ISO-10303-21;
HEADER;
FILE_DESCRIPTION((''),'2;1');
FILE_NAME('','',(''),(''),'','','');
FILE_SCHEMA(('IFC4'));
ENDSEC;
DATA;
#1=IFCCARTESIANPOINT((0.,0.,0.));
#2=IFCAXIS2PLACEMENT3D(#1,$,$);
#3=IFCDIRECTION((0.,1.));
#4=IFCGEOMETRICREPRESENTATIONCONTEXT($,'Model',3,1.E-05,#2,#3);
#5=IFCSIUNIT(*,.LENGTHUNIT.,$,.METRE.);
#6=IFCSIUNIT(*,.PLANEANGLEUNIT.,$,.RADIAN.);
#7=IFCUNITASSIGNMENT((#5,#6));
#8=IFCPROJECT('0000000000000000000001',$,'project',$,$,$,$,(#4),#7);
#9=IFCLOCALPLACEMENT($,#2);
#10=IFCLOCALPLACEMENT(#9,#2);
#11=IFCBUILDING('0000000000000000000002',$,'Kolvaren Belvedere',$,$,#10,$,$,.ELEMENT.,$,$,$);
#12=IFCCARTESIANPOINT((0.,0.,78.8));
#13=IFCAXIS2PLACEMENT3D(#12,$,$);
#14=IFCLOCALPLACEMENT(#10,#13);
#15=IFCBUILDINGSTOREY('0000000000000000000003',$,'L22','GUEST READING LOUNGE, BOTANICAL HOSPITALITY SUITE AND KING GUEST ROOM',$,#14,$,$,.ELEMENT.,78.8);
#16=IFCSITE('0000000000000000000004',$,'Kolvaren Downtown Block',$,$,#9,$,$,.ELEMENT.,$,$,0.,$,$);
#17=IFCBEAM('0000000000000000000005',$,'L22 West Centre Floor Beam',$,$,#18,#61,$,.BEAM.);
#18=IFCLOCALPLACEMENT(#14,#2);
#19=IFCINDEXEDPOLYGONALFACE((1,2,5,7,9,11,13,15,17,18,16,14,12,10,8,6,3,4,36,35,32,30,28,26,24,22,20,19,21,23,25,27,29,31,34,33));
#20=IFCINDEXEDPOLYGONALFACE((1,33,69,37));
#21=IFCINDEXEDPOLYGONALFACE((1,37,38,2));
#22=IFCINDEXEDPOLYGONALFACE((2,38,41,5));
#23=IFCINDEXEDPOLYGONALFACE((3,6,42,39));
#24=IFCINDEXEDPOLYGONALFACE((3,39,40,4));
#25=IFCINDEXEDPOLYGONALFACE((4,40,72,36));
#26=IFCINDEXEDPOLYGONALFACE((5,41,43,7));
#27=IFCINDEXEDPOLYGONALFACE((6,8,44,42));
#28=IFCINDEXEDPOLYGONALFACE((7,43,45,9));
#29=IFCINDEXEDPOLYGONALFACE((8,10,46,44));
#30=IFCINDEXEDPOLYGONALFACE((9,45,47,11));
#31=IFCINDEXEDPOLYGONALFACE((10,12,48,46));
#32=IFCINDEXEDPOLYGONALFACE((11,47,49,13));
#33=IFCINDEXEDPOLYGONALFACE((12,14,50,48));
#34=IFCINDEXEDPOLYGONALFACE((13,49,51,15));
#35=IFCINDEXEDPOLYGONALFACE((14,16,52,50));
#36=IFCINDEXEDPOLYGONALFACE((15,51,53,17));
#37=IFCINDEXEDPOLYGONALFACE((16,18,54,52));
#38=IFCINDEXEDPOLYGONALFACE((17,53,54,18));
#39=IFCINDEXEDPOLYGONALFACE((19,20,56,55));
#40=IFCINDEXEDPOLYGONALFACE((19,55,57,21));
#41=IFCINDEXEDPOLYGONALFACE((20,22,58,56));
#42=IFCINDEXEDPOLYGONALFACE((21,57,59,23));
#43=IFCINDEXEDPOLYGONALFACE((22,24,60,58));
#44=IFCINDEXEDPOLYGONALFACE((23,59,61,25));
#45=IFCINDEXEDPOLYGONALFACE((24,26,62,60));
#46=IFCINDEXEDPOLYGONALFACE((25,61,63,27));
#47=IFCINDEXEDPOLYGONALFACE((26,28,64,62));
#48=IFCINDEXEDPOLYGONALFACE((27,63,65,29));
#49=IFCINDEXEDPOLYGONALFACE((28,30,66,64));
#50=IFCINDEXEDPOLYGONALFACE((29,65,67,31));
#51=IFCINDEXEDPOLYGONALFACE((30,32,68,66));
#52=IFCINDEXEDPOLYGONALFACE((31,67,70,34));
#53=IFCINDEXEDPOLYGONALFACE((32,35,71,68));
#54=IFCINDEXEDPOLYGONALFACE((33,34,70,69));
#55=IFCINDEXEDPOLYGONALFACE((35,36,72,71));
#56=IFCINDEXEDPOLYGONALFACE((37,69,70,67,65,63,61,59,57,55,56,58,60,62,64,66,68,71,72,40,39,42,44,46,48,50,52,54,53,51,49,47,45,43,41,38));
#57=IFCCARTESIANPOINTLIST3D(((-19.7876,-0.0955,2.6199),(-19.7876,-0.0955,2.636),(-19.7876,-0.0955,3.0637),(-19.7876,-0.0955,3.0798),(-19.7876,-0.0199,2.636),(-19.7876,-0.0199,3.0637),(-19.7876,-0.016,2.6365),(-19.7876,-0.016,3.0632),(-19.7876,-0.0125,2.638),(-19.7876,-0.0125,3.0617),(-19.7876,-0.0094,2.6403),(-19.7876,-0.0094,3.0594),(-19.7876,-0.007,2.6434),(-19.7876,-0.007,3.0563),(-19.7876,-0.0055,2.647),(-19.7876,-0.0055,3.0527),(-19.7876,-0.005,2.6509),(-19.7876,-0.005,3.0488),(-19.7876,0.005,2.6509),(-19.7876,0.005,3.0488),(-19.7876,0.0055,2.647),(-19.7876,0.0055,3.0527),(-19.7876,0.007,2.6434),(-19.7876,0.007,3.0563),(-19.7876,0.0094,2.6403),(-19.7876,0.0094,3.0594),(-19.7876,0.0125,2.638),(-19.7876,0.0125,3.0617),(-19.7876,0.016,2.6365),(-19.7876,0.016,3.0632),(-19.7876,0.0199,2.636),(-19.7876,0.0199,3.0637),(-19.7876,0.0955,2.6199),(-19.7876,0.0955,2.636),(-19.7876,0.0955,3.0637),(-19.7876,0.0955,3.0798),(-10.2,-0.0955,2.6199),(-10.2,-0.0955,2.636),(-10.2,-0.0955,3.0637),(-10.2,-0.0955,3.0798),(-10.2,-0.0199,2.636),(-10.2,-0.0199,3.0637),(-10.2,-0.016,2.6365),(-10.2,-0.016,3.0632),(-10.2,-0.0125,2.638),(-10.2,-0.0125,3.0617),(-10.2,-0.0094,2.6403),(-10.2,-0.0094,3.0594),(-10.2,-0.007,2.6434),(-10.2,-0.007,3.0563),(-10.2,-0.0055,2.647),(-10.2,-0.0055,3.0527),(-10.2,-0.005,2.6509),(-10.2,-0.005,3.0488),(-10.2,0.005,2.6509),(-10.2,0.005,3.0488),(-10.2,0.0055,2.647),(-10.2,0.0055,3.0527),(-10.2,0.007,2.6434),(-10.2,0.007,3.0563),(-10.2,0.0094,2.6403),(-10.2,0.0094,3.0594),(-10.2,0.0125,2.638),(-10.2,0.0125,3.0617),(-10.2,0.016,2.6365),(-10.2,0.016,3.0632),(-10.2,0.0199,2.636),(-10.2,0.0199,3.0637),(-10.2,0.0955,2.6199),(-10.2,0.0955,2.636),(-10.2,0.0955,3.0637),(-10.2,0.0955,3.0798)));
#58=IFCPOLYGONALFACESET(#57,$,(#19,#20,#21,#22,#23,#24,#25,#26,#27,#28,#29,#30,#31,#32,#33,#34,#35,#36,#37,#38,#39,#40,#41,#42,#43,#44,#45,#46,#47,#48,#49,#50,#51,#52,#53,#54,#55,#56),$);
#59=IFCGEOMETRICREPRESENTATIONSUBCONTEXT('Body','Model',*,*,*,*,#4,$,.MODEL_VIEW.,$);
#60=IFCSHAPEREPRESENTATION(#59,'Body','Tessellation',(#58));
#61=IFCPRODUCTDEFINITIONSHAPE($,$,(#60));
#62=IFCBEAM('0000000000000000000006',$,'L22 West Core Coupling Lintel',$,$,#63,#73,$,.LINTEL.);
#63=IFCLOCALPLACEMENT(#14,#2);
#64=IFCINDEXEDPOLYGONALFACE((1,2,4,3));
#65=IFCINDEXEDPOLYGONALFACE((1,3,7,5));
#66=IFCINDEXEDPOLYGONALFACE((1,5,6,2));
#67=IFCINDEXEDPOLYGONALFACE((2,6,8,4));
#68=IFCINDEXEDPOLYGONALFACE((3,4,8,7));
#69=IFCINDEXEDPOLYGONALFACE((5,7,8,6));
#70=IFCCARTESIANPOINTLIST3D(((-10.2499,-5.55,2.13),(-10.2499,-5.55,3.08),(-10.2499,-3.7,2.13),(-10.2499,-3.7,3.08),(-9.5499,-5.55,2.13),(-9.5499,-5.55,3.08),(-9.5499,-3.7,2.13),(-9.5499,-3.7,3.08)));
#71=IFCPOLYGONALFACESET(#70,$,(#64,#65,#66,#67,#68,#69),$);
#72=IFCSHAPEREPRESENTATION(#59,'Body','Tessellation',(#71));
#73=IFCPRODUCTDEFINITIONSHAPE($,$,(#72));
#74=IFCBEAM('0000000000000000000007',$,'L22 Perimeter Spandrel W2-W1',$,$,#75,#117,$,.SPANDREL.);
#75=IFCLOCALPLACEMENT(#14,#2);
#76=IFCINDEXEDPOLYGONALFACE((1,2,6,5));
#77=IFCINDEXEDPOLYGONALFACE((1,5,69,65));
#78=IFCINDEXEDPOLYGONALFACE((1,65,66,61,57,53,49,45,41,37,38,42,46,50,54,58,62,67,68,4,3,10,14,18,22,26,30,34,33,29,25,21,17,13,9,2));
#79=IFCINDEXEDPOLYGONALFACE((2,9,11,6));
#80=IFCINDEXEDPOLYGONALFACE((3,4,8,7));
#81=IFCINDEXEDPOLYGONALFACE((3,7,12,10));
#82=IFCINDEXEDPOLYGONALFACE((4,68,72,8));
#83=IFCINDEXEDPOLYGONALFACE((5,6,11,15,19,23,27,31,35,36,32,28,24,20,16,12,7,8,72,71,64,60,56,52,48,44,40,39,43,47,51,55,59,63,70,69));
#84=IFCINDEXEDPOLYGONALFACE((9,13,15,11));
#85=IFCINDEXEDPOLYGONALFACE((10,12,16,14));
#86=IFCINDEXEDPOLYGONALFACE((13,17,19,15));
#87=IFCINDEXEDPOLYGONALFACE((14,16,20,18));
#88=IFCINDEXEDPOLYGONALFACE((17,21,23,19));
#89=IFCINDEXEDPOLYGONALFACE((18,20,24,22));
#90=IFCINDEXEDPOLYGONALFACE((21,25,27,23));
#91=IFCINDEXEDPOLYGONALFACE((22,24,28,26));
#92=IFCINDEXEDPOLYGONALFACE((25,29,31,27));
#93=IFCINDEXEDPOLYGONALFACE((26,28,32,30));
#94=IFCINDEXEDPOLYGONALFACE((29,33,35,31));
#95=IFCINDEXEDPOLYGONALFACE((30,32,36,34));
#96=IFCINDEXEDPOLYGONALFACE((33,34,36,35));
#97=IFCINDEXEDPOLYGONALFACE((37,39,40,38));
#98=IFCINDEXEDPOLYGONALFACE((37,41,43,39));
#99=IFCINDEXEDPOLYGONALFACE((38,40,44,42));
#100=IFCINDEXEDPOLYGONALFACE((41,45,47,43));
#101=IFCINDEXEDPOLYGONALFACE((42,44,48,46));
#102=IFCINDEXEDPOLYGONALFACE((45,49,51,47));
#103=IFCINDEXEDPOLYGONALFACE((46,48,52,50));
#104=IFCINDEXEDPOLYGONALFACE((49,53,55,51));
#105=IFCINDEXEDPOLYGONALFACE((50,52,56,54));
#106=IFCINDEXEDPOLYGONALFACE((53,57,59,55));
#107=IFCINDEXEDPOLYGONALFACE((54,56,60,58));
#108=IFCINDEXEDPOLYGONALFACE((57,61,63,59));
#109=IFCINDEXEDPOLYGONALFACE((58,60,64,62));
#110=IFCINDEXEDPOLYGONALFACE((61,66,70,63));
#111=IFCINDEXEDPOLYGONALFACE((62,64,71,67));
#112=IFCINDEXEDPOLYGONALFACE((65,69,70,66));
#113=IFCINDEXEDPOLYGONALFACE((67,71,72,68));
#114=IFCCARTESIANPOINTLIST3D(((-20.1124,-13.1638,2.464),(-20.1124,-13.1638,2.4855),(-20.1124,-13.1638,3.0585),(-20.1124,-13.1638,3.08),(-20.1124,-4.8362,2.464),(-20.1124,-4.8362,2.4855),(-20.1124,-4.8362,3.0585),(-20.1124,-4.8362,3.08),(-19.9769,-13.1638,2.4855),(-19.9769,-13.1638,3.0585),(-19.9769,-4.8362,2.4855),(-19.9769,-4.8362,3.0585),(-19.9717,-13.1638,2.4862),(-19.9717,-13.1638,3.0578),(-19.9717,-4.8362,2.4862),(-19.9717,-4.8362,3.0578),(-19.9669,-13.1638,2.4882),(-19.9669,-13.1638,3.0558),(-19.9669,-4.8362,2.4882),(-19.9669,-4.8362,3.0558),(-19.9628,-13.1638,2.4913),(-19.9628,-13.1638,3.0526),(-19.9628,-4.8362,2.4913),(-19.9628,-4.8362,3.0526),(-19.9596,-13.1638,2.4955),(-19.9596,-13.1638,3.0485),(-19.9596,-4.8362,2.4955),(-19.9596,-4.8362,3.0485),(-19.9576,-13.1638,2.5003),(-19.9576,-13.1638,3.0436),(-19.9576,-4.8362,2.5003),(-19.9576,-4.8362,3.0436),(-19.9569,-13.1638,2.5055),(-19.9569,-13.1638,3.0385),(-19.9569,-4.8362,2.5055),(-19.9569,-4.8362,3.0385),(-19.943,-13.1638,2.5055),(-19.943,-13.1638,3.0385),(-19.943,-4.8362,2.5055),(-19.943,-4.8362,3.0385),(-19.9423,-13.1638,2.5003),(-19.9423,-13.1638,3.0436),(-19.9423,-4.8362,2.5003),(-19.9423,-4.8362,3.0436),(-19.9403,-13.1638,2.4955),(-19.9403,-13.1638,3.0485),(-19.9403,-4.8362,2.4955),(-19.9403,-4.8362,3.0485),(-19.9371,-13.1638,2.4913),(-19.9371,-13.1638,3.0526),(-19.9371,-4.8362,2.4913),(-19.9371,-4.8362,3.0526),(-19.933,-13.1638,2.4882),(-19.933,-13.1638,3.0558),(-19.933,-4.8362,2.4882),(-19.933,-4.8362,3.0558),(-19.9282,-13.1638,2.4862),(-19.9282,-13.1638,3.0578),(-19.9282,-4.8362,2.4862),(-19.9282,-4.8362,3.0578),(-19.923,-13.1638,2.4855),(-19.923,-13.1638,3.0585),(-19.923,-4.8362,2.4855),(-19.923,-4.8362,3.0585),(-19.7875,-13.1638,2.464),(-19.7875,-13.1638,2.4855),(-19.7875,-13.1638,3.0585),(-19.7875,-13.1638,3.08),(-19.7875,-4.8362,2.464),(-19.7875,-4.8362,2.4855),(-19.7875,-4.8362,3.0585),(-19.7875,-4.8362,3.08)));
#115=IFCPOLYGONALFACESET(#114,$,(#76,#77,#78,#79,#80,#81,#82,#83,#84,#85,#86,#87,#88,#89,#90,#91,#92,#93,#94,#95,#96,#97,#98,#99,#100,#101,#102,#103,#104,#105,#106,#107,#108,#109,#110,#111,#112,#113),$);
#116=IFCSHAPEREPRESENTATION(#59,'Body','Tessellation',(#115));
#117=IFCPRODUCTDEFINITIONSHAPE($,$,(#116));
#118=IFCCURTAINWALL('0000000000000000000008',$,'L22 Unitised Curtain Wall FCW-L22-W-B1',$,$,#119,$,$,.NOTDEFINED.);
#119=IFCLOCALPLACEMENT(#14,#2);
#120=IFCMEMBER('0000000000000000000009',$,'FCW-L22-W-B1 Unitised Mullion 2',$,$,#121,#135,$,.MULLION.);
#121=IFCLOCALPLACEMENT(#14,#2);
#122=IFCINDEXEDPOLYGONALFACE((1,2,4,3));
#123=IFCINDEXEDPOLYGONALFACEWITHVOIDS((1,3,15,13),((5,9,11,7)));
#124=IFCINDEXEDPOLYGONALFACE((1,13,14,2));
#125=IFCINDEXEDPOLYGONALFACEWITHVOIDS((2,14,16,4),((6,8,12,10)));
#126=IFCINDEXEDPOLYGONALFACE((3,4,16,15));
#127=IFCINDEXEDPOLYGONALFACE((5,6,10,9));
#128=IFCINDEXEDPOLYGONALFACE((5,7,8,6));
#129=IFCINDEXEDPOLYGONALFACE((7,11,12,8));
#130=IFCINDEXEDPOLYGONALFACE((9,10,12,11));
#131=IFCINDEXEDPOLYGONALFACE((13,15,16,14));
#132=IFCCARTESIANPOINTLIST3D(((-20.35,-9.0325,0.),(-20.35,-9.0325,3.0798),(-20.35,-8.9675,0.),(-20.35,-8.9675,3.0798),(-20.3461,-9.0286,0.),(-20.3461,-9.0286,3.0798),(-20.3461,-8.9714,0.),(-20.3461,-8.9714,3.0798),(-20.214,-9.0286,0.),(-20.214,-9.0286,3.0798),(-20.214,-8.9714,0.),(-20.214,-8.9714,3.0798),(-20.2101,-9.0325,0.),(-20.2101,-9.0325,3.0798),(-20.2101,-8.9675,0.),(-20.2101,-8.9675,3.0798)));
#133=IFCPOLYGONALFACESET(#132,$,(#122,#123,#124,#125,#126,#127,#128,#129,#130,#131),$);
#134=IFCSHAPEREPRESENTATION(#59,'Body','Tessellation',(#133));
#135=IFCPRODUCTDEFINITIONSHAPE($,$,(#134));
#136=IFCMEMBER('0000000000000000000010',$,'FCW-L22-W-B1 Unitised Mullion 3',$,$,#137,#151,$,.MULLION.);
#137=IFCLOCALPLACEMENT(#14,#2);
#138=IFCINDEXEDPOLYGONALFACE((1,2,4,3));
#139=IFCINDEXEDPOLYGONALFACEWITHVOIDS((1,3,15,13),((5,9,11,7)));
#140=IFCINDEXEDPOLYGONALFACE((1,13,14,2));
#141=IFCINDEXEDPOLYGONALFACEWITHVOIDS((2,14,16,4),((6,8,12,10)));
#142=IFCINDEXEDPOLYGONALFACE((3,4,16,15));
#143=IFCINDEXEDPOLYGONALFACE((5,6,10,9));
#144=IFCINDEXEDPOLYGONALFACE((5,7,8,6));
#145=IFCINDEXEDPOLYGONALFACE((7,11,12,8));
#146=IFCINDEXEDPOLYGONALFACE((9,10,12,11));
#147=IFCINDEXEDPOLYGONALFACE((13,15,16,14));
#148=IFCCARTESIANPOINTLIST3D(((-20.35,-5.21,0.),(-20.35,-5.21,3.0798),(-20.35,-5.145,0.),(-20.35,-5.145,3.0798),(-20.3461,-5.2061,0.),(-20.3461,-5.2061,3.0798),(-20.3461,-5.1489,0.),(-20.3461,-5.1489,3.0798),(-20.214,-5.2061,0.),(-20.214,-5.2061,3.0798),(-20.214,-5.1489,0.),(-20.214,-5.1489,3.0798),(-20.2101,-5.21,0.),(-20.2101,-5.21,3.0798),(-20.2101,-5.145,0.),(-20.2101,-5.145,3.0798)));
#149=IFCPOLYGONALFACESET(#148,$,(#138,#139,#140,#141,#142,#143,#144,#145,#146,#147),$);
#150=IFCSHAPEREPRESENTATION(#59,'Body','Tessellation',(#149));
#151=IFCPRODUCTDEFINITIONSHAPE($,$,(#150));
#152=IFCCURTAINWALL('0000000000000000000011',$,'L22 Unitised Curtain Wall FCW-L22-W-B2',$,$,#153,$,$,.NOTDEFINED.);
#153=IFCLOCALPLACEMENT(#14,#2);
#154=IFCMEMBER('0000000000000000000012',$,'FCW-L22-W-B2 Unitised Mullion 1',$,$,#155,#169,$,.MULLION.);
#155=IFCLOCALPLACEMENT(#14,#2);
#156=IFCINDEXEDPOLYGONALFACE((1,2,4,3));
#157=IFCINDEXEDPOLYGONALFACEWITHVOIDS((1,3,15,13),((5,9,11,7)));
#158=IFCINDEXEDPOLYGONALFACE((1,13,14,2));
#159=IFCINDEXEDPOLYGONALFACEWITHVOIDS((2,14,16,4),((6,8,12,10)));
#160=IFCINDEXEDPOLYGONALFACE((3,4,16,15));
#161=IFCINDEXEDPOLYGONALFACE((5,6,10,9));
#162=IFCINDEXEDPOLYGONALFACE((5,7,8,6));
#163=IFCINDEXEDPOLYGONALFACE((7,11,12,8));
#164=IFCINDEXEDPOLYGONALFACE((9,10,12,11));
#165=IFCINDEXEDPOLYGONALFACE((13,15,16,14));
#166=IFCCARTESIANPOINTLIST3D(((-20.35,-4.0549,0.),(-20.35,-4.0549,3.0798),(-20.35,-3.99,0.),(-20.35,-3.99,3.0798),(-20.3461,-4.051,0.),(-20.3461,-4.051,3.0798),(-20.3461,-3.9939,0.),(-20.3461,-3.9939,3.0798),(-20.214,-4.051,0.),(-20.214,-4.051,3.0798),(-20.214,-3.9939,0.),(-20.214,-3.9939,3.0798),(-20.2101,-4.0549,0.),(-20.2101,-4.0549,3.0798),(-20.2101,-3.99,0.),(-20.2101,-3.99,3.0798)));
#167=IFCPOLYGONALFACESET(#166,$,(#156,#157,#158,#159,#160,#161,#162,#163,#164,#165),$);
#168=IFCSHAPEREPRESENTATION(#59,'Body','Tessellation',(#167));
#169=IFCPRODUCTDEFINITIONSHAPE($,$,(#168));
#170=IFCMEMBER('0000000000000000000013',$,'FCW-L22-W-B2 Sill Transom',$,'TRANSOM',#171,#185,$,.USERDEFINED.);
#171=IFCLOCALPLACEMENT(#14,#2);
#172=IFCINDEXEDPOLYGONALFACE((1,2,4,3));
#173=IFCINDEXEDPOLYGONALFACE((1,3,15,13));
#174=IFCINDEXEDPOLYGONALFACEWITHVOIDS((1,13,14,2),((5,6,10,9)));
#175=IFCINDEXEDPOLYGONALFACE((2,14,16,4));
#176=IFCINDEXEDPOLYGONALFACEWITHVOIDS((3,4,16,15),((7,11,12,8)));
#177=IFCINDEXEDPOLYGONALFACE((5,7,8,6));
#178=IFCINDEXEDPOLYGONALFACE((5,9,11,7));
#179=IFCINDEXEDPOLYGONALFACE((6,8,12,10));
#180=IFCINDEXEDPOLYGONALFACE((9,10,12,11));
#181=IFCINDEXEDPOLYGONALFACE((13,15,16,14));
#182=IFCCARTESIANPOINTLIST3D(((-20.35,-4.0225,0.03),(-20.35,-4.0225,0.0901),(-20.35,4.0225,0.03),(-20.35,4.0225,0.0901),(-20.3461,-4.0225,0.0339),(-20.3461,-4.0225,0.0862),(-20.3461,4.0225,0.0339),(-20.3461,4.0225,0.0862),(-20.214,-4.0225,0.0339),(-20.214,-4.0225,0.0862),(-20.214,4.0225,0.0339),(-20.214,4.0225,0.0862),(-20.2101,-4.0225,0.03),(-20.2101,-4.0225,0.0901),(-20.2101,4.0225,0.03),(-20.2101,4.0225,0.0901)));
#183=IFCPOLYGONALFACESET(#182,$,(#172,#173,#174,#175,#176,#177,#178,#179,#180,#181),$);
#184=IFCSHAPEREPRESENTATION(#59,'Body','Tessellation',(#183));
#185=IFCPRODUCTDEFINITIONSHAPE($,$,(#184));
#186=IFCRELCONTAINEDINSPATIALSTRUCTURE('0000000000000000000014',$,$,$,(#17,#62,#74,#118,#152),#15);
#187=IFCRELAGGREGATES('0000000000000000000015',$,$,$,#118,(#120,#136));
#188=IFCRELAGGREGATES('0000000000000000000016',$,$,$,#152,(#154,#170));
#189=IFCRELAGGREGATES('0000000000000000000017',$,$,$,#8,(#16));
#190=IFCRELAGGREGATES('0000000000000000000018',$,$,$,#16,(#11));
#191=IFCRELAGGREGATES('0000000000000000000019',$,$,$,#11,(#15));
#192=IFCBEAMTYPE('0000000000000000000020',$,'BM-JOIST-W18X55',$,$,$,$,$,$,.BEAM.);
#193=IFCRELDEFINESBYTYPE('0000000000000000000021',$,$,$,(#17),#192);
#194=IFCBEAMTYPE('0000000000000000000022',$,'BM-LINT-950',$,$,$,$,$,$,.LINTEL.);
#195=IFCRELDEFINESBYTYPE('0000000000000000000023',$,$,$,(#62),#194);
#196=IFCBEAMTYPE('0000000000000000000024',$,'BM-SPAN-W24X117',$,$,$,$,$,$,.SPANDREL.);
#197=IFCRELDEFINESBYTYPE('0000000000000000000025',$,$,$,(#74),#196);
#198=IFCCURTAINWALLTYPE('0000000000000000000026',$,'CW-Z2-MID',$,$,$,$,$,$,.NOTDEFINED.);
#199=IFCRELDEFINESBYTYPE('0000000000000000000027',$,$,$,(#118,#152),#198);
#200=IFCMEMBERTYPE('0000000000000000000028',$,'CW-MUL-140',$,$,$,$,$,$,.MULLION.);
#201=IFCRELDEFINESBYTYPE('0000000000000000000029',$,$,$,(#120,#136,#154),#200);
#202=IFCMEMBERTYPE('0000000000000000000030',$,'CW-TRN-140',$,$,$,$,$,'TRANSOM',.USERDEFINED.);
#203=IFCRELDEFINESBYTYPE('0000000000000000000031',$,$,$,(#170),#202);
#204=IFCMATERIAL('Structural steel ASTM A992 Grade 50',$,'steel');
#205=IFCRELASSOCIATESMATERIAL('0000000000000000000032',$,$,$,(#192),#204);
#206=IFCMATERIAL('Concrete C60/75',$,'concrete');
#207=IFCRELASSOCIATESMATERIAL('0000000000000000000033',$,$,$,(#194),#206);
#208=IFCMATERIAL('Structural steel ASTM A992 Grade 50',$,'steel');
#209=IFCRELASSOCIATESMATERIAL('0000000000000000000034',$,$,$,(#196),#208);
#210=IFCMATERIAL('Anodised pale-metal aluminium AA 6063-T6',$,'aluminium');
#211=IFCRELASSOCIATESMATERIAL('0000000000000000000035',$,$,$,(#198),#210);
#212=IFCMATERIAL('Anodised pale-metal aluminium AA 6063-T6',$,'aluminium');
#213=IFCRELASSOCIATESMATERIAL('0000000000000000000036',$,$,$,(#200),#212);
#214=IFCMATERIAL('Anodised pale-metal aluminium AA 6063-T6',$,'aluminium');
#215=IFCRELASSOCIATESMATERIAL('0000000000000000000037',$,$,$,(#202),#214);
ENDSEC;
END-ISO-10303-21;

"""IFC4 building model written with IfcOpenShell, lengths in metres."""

from ifc_helpers import new_model, si_unit, direction, frame, origin, origin_2d, place, context, subcontext, project, spatial, rectangle, hollow_rectangle, i_section, extrude, material, material_profile, profile_set, type_object, element, aggregate, save


model = new_model("IFC4")

# Units and contexts
model_context = context("Model", 3, precision=1e-05, world=origin(), true_north=direction((0.0, 1.0)))
body_context = subcontext(model_context, "Body", "Model", "MODEL_VIEW")
ifc_project = project(units=[si_unit("LENGTHUNIT", "METRE"), si_unit("PLANEANGLEUNIT", "RADIAN")], contexts=[model_context])

# Site, building, storey
site_placement = place(None, origin())
site = spatial("IfcSite", under=ifc_project, at=site_placement, Name="Kolvaren Downtown Block", CompositionType="ELEMENT", RefElevation=0.0)
building_placement = place(site_placement, origin())
building = spatial("IfcBuilding", under=site, at=building_placement, Name="Kolvaren Belvedere", CompositionType="ELEMENT")
storey_placement = place(building_placement, frame((0.0, 0.0, 78.8)))
storey = spatial("IfcBuildingStorey", under=building, at=storey_placement, Name="L22", Description="GUEST READING LOUNGE, BOTANICAL HOSPITALITY SUITE AND KING GUEST ROOM", CompositionType="ELEMENT", Elevation=78.8)

# Beams
ifc_material_1 = material(Name="Structural steel ASTM A992 Grade 50", Category="steel")
ifc_material_profile_1 = material_profile(ifc_material_1, i_section(OverallWidth=0.1909, OverallDepth=0.46, WebThickness=0.01, FlangeThickness=0.0161, FilletRadius=0.0149, at=origin_2d()), Name="W18X55")
ifc_profile_set_1 = profile_set([ifc_material_profile_1], Name="Structural steel ASTM A992 Grade 50")
beam_type_1 = type_object("IfcBeamType", Name="BM-JOIST-W18X55", PredefinedType="BEAM", material=ifc_profile_set_1)
beam_1_placement = place(storey_placement, frame((-10.2, 0.0, 2.8499), z_axis=(-1.0, 0.0, 0.0), x_axis=(0.0, -1.0, 0.0)))
element("IfcBeam", 1, at=beam_1_placement, inside=storey, type_object=beam_type_1, Name="L22 West Centre Floor Beam", PredefinedType="BEAM", context=body_context, shape_type="SweptSolid", body=[
    extrude(i_section(OverallWidth=0.1909, OverallDepth=0.46, WebThickness=0.01, FlangeThickness=0.0161, FilletRadius=0.0149, at=origin_2d()), origin(), (0.0, 0.0, 1.0), 9.5876),
])
ifc_material_2 = material(Name="Concrete C60/75", Category="concrete")
ifc_material_profile_2 = material_profile(ifc_material_2, rectangle(XDim=0.7, YDim=0.95, at=origin_2d()), Name="RC 700X950")
ifc_profile_set_2 = profile_set([ifc_material_profile_2], Name="Concrete C60/75")
beam_type_2 = type_object("IfcBeamType", Name="BM-LINT-950", PredefinedType="LINTEL", material=ifc_profile_set_2)
beam_2_placement = place(storey_placement, frame((-9.8999, -5.55, 2.605), z_axis=(0.0, 1.0, 0.0), x_axis=(-1.0, 0.0, 0.0)))
element("IfcBeam", 2, at=beam_2_placement, inside=storey, type_object=beam_type_2, Name="L22 West Core Coupling Lintel", PredefinedType="LINTEL", context=body_context, shape_type="SweptSolid", body=[
    extrude(rectangle(XDim=0.7, YDim=0.95, at=origin_2d()), origin(), (0.0, 0.0, 1.0), 1.8501),
])
ifc_material_3 = material(Name="Structural steel ASTM A992 Grade 50", Category="steel")
ifc_material_profile_3 = material_profile(ifc_material_3, i_section(OverallWidth=0.325, OverallDepth=0.616, WebThickness=0.0139, FlangeThickness=0.0215, FilletRadius=0.02, at=origin_2d()), Name="W24X117")
ifc_profile_set_3 = profile_set([ifc_material_profile_3], Name="Structural steel ASTM A992 Grade 50")
beam_type_3 = type_object("IfcBeamType", Name="BM-SPAN-W24X117", PredefinedType="SPANDREL", material=ifc_profile_set_3)
beam_3_placement = place(storey_placement, frame((-19.95, -4.8362, 2.772), z_axis=(0.0, -1.0, 0.0), x_axis=(1.0, 0.0, 0.0)))
element("IfcBeam", 3, at=beam_3_placement, inside=storey, type_object=beam_type_3, Name="L22 Perimeter Spandrel W2-W1", PredefinedType="SPANDREL", context=body_context, shape_type="SweptSolid", body=[
    extrude(i_section(OverallWidth=0.325, OverallDepth=0.616, WebThickness=0.0139, FlangeThickness=0.0215, FilletRadius=0.02, at=origin_2d()), origin(), (0.0, 0.0, 1.0), 8.3276),
])

# Curtain walls, members
ifc_material_4 = material(Name="Anodised pale-metal aluminium AA 6063-T6", Category="aluminium")
curtain_wall_type = type_object("IfcCurtainWallType", Name="CW-Z2-MID", PredefinedType="NOTDEFINED", material=ifc_material_4)
curtain_wall_1_placement = place(storey_placement, origin())
curtain_wall_1 = element("IfcCurtainWall", 4, at=curtain_wall_1_placement, inside=storey, type_object=curtain_wall_type, Name="L22 Unitised Curtain Wall FCW-L22-W-B1", PredefinedType="NOTDEFINED")
ifc_material_5 = material(Name="Anodised pale-metal aluminium AA 6063-T6", Category="aluminium")
ifc_material_profile_4 = material_profile(ifc_material_5, hollow_rectangle(XDim=0.0649, YDim=0.1399, WallThickness=0.0039, at=origin_2d()), Name="ALU-MUL-140X65")
ifc_profile_set_4 = profile_set([ifc_material_profile_4], Name="Anodised pale-metal aluminium AA 6063-T6")
member_type_1 = type_object("IfcMemberType", Name="CW-MUL-140", PredefinedType="MULLION", material=ifc_profile_set_4)
member_1_placement = place(storey_placement, frame((-20.28, -9.0, 0.0), z_axis=(0.0, 0.0, 1.0), x_axis=(0.0, 1.0, 0.0)))
member_1 = element("IfcMember", 5, at=member_1_placement, type_object=member_type_1, Name="FCW-L22-W-B1 Unitised Mullion 2", PredefinedType="MULLION", context=body_context, shape_type="SweptSolid", body=[
    extrude(hollow_rectangle(XDim=0.0649, YDim=0.1399, WallThickness=0.0039, at=origin_2d()), origin(), (0.0, 0.0, 1.0), 3.0798),
])
member_2_placement = place(storey_placement, frame((-20.28, -5.1775, 0.0), z_axis=(0.0, 0.0, 1.0), x_axis=(0.0, 1.0, 0.0)))
member_2 = element("IfcMember", 6, at=member_2_placement, type_object=member_type_1, Name="FCW-L22-W-B1 Unitised Mullion 3", PredefinedType="MULLION", context=body_context, shape_type="SweptSolid", body=[
    extrude(hollow_rectangle(XDim=0.0649, YDim=0.1399, WallThickness=0.0039, at=origin_2d()), origin(), (0.0, 0.0, 1.0), 3.0798),
])
curtain_wall_2_placement = place(storey_placement, origin())
curtain_wall_2 = element("IfcCurtainWall", 7, at=curtain_wall_2_placement, inside=storey, type_object=curtain_wall_type, Name="L22 Unitised Curtain Wall FCW-L22-W-B2", PredefinedType="NOTDEFINED")
member_3_placement = place(storey_placement, frame((-20.28, -4.0225, 0.0), z_axis=(0.0, 0.0, 1.0), x_axis=(0.0, 1.0, 0.0)))
member_3 = element("IfcMember", 8, at=member_3_placement, type_object=member_type_1, Name="FCW-L22-W-B2 Unitised Mullion 1", PredefinedType="MULLION", context=body_context, shape_type="SweptSolid", body=[
    extrude(hollow_rectangle(XDim=0.0649, YDim=0.1399, WallThickness=0.0039, at=origin_2d()), origin(), (0.0, 0.0, 1.0), 3.0798),
])
ifc_material_6 = material(Name="Anodised pale-metal aluminium AA 6063-T6", Category="aluminium")
ifc_material_profile_5 = material_profile(ifc_material_6, hollow_rectangle(XDim=0.0601, YDim=0.1399, WallThickness=0.0039, at=origin_2d()), Name="ALU-TRN-140X60")
ifc_profile_set_5 = profile_set([ifc_material_profile_5], Name="Anodised pale-metal aluminium AA 6063-T6")
member_type_2 = type_object("IfcMemberType", Name="CW-TRN-140", ElementType="TRANSOM", PredefinedType="USERDEFINED", material=ifc_profile_set_5)
member_4_placement = place(storey_placement, frame((-20.28, -4.0225, 0.0601), z_axis=(0.0, 1.0, 0.0), x_axis=(0.0, 0.0, 1.0)))
member_4 = element("IfcMember", 9, at=member_4_placement, type_object=member_type_2, Name="FCW-L22-W-B2 Sill Transom", ObjectType="TRANSOM", PredefinedType="USERDEFINED", context=body_context, shape_type="SweptSolid", body=[
    extrude(hollow_rectangle(XDim=0.0601, YDim=0.1399, WallThickness=0.0039, at=origin_2d()), origin(), (0.0, 0.0, 1.0), 8.0449),
])

aggregate(curtain_wall_1, [member_1, member_2])
aggregate(curtain_wall_2, [member_3, member_4])

save(model, "model.ifc")
